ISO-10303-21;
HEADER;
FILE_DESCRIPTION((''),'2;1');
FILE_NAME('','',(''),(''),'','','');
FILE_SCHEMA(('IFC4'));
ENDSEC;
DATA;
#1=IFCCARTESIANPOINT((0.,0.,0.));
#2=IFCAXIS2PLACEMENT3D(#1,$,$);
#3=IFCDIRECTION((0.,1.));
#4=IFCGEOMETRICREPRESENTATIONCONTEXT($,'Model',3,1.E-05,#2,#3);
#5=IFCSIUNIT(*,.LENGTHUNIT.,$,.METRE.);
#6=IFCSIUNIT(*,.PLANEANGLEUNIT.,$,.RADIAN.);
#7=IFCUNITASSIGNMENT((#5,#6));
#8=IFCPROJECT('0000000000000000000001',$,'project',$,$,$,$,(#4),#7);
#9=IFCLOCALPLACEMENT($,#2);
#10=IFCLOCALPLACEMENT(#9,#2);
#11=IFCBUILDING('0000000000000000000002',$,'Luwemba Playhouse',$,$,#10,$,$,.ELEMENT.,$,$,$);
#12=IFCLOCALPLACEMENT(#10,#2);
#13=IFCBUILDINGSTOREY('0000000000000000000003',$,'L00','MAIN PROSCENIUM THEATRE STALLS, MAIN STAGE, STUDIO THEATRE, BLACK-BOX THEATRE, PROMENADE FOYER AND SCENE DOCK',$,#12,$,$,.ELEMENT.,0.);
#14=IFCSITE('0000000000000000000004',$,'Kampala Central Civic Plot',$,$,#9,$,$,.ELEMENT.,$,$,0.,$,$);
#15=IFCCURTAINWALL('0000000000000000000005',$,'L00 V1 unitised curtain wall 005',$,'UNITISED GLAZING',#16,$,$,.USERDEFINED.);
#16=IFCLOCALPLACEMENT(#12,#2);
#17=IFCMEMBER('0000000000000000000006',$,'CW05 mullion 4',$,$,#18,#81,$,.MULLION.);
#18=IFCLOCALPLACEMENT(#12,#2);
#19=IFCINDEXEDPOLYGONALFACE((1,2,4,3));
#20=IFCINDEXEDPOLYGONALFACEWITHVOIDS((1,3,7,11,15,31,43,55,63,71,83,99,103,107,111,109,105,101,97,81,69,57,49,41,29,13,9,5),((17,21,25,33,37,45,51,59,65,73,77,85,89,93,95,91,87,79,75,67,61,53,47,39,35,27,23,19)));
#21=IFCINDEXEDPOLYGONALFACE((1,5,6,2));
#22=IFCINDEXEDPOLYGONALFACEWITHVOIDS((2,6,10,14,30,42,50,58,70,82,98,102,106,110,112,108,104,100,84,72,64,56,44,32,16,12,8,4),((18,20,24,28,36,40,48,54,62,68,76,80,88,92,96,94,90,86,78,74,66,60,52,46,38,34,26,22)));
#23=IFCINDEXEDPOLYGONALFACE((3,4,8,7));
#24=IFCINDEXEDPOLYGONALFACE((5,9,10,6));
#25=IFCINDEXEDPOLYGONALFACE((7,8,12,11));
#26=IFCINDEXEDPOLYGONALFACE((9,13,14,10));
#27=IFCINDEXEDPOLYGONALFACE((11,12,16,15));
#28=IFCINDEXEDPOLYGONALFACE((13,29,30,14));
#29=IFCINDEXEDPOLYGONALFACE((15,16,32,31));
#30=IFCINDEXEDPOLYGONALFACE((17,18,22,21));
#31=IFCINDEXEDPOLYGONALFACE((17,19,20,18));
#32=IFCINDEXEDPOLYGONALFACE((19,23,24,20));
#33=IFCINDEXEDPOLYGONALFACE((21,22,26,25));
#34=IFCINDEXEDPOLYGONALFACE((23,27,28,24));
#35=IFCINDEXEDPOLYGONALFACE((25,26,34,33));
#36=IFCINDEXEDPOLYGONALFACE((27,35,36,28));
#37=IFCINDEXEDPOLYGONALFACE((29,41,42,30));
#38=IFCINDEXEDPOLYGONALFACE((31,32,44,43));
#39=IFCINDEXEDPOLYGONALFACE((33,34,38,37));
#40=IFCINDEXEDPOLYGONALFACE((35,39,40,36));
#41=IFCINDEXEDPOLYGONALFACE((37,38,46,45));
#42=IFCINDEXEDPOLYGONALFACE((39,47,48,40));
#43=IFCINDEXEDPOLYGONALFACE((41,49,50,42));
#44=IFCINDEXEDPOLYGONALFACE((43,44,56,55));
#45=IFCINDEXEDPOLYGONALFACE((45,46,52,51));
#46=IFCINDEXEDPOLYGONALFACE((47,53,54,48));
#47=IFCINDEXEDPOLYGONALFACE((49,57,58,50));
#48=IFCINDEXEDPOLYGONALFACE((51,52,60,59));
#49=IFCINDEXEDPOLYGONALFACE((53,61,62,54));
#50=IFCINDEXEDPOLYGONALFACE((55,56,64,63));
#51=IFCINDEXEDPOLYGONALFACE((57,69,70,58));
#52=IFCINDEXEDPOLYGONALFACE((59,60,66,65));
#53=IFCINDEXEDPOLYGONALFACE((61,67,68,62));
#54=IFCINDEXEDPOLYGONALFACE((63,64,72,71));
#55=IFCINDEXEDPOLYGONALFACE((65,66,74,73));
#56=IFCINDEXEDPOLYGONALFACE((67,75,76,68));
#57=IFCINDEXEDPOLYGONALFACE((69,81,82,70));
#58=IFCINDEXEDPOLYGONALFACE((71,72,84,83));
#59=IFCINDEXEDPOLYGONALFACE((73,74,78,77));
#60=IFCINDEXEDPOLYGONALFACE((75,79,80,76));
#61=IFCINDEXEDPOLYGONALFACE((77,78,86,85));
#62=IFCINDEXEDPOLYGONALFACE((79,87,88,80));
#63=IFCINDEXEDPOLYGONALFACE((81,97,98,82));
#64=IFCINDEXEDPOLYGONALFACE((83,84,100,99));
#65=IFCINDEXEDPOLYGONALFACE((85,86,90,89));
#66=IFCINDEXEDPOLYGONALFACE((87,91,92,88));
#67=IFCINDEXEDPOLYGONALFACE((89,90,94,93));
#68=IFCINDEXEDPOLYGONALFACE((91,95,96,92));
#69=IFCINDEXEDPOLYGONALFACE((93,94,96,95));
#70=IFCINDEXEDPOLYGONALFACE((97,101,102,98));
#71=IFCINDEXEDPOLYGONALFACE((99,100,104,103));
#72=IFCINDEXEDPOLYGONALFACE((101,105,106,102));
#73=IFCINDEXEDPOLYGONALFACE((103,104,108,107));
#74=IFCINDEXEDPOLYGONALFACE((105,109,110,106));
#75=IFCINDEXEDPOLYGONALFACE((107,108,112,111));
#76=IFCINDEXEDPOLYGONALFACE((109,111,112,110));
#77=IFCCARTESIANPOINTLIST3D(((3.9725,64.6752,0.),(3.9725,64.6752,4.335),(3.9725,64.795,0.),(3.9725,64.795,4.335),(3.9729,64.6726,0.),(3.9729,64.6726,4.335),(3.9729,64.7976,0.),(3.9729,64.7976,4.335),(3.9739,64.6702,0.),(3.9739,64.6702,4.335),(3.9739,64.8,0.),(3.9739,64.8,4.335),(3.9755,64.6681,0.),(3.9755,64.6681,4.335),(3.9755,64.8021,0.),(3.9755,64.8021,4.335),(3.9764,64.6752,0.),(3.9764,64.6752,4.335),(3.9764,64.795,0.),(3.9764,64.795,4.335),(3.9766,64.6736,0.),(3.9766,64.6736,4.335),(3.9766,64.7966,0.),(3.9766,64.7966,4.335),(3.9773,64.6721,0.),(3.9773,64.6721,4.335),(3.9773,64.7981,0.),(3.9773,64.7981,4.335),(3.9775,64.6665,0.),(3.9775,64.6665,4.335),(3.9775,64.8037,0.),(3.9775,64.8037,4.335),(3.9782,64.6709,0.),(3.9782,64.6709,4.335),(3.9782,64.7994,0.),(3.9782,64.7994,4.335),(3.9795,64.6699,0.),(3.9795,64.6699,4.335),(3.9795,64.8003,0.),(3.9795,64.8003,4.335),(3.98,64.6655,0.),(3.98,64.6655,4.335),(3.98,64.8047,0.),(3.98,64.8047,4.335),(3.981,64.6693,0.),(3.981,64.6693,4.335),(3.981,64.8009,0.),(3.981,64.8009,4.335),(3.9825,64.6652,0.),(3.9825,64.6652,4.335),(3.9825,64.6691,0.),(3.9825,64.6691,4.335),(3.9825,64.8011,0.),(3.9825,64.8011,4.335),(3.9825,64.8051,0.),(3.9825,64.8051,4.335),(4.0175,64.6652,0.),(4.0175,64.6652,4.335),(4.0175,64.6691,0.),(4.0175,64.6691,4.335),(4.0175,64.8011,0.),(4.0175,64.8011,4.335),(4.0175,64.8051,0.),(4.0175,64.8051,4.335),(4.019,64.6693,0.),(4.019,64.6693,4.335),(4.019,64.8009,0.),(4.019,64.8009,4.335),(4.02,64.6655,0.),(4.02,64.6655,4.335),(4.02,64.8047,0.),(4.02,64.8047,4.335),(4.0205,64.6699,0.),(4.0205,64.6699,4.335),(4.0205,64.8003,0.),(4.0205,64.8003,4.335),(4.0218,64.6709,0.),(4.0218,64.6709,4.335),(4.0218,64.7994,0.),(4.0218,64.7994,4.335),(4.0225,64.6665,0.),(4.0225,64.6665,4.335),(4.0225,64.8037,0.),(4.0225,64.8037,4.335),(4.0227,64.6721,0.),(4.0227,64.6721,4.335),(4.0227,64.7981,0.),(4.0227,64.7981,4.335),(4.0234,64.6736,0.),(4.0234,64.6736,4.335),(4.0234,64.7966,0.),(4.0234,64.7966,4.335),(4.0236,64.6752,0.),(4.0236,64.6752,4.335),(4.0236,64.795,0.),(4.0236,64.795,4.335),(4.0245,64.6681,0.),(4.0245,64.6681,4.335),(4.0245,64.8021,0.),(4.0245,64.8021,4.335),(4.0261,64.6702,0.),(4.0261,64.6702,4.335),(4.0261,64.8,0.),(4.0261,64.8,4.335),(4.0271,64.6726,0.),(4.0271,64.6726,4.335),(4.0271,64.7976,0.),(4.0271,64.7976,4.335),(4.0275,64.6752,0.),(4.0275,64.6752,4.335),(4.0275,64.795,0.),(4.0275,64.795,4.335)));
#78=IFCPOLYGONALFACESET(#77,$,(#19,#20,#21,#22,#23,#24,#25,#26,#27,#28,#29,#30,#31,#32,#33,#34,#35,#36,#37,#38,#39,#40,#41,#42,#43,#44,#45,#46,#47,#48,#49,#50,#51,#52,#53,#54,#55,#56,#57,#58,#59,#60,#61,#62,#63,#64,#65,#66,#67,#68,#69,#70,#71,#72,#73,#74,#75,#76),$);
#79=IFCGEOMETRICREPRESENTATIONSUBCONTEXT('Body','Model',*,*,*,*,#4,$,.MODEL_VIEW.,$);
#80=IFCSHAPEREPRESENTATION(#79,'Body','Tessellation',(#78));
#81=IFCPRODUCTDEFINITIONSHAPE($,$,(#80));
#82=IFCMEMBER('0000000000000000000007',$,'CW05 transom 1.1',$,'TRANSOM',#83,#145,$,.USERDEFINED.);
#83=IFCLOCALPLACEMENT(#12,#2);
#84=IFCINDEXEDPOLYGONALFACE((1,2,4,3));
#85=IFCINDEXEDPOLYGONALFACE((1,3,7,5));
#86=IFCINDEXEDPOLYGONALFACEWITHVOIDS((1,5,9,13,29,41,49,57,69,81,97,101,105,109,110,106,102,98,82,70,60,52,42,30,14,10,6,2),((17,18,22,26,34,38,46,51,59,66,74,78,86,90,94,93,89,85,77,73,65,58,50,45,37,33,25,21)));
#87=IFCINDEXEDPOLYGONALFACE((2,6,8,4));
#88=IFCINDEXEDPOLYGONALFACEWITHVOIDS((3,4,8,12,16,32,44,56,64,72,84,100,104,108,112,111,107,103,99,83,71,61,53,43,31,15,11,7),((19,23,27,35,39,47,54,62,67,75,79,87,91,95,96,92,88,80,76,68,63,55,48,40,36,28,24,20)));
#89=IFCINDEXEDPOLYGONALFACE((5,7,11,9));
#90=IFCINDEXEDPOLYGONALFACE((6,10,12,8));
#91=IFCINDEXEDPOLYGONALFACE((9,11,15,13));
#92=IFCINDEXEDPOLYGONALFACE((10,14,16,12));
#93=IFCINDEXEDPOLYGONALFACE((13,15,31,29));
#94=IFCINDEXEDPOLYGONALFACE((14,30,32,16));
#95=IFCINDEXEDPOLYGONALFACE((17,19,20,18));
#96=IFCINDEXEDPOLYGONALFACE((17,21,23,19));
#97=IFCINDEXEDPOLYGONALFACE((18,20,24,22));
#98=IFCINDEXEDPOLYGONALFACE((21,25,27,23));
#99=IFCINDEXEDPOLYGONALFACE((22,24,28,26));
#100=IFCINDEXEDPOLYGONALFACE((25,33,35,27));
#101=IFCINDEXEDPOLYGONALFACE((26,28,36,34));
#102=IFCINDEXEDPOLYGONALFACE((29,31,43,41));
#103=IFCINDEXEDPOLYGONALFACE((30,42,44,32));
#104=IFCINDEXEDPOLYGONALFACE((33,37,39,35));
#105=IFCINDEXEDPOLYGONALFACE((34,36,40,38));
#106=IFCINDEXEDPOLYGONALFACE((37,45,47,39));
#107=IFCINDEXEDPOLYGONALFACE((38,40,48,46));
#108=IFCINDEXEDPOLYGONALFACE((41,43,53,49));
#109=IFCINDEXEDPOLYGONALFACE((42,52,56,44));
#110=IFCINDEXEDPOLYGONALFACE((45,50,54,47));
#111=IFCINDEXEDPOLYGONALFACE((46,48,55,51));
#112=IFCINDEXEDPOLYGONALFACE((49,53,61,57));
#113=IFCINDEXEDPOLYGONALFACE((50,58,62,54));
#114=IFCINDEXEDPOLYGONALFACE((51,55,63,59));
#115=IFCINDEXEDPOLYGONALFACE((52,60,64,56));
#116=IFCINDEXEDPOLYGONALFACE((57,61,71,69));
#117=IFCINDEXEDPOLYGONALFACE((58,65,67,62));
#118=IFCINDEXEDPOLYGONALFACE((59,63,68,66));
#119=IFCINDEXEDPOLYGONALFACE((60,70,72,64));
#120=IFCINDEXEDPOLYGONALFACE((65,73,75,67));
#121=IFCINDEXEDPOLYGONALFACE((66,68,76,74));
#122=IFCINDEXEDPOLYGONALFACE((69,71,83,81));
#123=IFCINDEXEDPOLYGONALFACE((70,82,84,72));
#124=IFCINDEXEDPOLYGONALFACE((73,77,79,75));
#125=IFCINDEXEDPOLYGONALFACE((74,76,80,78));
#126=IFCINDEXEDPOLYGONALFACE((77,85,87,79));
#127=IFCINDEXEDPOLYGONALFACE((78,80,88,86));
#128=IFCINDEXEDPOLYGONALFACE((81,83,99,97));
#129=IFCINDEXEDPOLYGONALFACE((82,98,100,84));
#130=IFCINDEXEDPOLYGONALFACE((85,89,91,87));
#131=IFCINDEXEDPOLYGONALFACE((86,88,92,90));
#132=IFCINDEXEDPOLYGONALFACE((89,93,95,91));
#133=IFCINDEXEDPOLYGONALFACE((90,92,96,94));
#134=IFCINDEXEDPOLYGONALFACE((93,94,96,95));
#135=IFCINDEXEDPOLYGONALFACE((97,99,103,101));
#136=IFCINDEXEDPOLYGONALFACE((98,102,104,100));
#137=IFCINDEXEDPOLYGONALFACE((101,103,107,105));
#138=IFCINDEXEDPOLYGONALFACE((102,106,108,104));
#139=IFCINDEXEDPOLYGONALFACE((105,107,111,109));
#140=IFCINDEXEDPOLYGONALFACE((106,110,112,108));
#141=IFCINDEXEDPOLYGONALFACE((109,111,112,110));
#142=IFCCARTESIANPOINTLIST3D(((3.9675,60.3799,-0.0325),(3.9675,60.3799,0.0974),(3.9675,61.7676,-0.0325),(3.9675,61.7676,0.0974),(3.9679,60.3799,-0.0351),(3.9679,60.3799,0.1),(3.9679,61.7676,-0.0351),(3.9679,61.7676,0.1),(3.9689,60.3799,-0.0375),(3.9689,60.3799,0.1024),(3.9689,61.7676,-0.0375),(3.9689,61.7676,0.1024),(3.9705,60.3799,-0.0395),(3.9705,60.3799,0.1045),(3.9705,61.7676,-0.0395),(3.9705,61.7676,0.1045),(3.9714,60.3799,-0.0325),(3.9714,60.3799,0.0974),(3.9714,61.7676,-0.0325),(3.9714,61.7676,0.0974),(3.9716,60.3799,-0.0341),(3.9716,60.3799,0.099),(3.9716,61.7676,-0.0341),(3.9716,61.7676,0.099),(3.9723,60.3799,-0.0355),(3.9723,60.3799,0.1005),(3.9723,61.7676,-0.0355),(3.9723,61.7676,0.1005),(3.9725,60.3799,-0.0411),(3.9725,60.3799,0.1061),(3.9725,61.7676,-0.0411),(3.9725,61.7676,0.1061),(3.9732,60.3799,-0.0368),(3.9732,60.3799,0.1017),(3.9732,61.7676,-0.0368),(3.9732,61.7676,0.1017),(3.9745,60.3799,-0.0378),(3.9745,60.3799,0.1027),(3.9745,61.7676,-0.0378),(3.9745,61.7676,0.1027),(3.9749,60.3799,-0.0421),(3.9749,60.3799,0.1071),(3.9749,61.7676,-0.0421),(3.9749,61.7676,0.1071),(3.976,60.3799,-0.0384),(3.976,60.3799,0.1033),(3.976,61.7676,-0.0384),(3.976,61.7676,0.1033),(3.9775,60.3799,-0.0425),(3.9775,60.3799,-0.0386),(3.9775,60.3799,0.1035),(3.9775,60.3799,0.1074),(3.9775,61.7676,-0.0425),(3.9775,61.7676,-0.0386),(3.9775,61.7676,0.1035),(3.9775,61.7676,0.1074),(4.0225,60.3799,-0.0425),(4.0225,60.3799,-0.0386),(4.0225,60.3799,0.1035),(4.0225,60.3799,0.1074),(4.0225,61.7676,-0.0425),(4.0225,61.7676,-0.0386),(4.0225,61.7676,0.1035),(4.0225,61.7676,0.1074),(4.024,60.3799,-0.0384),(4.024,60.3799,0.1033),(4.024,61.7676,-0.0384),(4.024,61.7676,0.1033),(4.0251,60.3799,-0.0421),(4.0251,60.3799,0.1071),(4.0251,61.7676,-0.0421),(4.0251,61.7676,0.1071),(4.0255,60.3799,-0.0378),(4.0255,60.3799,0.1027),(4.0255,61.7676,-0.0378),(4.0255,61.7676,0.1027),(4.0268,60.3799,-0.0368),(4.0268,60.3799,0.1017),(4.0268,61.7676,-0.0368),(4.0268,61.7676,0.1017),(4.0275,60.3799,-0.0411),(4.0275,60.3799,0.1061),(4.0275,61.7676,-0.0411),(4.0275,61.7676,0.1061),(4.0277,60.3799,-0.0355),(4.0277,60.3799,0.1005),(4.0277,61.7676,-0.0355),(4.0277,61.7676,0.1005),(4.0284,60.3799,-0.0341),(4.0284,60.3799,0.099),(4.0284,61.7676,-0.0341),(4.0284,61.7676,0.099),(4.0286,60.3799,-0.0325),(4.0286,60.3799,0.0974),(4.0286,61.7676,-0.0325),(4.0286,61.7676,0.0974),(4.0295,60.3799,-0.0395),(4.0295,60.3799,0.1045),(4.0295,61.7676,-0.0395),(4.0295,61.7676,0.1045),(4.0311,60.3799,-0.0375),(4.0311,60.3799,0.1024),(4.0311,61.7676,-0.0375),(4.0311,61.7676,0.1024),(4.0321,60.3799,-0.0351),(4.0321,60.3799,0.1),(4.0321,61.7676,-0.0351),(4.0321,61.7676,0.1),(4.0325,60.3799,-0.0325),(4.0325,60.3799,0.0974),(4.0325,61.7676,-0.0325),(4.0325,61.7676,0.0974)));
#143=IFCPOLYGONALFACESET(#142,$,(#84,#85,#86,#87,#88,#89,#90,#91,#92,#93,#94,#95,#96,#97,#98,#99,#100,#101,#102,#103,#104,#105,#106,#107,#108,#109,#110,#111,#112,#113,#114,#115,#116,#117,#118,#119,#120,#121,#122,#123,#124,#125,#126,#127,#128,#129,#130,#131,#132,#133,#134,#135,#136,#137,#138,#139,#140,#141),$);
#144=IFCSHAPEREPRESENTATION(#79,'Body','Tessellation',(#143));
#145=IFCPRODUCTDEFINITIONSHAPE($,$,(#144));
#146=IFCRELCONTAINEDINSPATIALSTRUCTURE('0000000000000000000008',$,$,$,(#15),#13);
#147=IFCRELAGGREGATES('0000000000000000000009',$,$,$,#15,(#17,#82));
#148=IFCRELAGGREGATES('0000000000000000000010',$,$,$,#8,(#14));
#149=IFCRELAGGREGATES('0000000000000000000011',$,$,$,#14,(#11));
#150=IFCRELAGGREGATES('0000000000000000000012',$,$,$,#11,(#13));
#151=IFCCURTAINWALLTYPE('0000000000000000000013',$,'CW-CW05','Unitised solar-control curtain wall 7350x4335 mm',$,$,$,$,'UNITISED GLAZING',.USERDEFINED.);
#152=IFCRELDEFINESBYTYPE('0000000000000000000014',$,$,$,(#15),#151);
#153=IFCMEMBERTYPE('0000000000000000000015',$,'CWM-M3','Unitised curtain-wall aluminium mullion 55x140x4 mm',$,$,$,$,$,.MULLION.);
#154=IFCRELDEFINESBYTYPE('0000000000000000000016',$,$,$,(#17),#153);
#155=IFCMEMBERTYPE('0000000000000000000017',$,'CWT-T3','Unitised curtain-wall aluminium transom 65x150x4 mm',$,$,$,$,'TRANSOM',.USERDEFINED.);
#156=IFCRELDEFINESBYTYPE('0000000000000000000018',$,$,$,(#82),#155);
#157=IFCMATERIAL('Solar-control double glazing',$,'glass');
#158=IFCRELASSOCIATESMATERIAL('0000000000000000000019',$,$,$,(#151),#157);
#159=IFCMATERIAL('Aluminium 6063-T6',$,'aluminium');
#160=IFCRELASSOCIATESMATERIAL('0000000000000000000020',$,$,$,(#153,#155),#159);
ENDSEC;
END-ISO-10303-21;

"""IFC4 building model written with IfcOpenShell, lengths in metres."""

from ifc_helpers import new_model, si_unit, direction, frame, origin, origin_2d, place, context, subcontext, project, spatial, hollow_rectangle, extrude, material, material_profile, profile_set, type_object, element, aggregate, save


model = new_model("IFC4")

# Units and contexts
model_context = context("Model", 3, precision=1e-05, world=origin(), true_north=direction((0.0, 1.0)))
body_context = subcontext(model_context, "Body", "Model", "MODEL_VIEW")
ifc_project = project(units=[si_unit("LENGTHUNIT", "METRE"), si_unit("PLANEANGLEUNIT", "RADIAN")], contexts=[model_context])

# Site, building, storey
site_placement = place(None, origin())
site = spatial("IfcSite", under=ifc_project, at=site_placement, Name="Kampala Central Civic Plot", CompositionType="ELEMENT", RefElevation=0.0)
building_placement = place(site_placement, origin())
building = spatial("IfcBuilding", under=site, at=building_placement, Name="Luwemba Playhouse", CompositionType="ELEMENT")
storey_placement = place(building_placement, origin())
storey = spatial("IfcBuildingStorey", under=building, at=storey_placement, Name="L00", Description="MAIN PROSCENIUM THEATRE STALLS, MAIN STAGE, STUDIO THEATRE, BLACK-BOX THEATRE, PROMENADE FOYER AND SCENE DOCK", CompositionType="ELEMENT", Elevation=0.0)

# Curtain wall, members
ifc_material_1 = material(Name="Solar-control double glazing", Category="glass")
curtain_wall_type = type_object("IfcCurtainWallType", Name="CW-CW05", Description="Unitised solar-control curtain wall 7350x4335 mm", ElementType="UNITISED GLAZING", PredefinedType="USERDEFINED", material=ifc_material_1)
curtain_wall_placement = place(storey_placement, origin())
curtain_wall = element("IfcCurtainWall", 1, at=curtain_wall_placement, inside=storey, type_object=curtain_wall_type, Name="L00 V1 unitised curtain wall 005", ObjectType="UNITISED GLAZING", PredefinedType="USERDEFINED")
ifc_material_2 = material(Name="Aluminium 6063-T6", Category="aluminium")
ifc_material_profile_1 = material_profile(ifc_material_2, hollow_rectangle(XDim=0.0549, YDim=0.1399, WallThickness=0.0039, InnerFilletRadius=0.0061, OuterFilletRadius=0.01, at=origin_2d()))
ifc_profile_set_1 = profile_set([ifc_material_profile_1], Name="Aluminium 6063-T6")
member_type_1 = type_object("IfcMemberType", Name="CWM-M3", Description="Unitised curtain-wall aluminium mullion 55x140x4 mm", PredefinedType="MULLION", material=ifc_profile_set_1)
member_1_placement = place(storey_placement, frame((4.0, 64.7351, 0.0), z_axis=(0.0, 0.0, 1.0), x_axis=(-1.0, 0.0, 0.0)))
member_1 = element("IfcMember", 2, at=member_1_placement, type_object=member_type_1, Name="CW05 mullion 4", PredefinedType="MULLION", context=body_context, shape_type="SweptSolid", body=[
    extrude(hollow_rectangle(XDim=0.0549, YDim=0.1399, WallThickness=0.0039, InnerFilletRadius=0.0061, OuterFilletRadius=0.01, at=origin_2d()), origin(), (0.0, 0.0, 1.0), 4.335),
])
ifc_material_profile_2 = material_profile(ifc_material_2, hollow_rectangle(XDim=0.0649, YDim=0.1499, WallThickness=0.0039, InnerFilletRadius=0.0061, OuterFilletRadius=0.01, at=origin_2d()))
ifc_profile_set_2 = profile_set([ifc_material_profile_2], Name="Aluminium 6063-T6")
member_type_2 = type_object("IfcMemberType", Name="CWT-T3", Description="Unitised curtain-wall aluminium transom 65x150x4 mm", ElementType="TRANSOM", PredefinedType="USERDEFINED", material=ifc_profile_set_2)
member_2_placement = place(storey_placement, frame((4.0, 60.3799, 0.0325), z_axis=(0.0, 1.0, 0.0), x_axis=(-1.0, 0.0, 0.0)))
member_2 = element("IfcMember", 3, at=member_2_placement, type_object=member_type_2, Name="CW05 transom 1.1", ObjectType="TRANSOM", PredefinedType="USERDEFINED", context=body_context, shape_type="SweptSolid", body=[
    extrude(hollow_rectangle(XDim=0.0649, YDim=0.1499, WallThickness=0.0039, InnerFilletRadius=0.0061, OuterFilletRadius=0.01, at=origin_2d()), origin(), (0.0, 0.0, 1.0), 1.3877),
])
aggregate(curtain_wall, [member_1, member_2])

save(model, "model.ifc")
